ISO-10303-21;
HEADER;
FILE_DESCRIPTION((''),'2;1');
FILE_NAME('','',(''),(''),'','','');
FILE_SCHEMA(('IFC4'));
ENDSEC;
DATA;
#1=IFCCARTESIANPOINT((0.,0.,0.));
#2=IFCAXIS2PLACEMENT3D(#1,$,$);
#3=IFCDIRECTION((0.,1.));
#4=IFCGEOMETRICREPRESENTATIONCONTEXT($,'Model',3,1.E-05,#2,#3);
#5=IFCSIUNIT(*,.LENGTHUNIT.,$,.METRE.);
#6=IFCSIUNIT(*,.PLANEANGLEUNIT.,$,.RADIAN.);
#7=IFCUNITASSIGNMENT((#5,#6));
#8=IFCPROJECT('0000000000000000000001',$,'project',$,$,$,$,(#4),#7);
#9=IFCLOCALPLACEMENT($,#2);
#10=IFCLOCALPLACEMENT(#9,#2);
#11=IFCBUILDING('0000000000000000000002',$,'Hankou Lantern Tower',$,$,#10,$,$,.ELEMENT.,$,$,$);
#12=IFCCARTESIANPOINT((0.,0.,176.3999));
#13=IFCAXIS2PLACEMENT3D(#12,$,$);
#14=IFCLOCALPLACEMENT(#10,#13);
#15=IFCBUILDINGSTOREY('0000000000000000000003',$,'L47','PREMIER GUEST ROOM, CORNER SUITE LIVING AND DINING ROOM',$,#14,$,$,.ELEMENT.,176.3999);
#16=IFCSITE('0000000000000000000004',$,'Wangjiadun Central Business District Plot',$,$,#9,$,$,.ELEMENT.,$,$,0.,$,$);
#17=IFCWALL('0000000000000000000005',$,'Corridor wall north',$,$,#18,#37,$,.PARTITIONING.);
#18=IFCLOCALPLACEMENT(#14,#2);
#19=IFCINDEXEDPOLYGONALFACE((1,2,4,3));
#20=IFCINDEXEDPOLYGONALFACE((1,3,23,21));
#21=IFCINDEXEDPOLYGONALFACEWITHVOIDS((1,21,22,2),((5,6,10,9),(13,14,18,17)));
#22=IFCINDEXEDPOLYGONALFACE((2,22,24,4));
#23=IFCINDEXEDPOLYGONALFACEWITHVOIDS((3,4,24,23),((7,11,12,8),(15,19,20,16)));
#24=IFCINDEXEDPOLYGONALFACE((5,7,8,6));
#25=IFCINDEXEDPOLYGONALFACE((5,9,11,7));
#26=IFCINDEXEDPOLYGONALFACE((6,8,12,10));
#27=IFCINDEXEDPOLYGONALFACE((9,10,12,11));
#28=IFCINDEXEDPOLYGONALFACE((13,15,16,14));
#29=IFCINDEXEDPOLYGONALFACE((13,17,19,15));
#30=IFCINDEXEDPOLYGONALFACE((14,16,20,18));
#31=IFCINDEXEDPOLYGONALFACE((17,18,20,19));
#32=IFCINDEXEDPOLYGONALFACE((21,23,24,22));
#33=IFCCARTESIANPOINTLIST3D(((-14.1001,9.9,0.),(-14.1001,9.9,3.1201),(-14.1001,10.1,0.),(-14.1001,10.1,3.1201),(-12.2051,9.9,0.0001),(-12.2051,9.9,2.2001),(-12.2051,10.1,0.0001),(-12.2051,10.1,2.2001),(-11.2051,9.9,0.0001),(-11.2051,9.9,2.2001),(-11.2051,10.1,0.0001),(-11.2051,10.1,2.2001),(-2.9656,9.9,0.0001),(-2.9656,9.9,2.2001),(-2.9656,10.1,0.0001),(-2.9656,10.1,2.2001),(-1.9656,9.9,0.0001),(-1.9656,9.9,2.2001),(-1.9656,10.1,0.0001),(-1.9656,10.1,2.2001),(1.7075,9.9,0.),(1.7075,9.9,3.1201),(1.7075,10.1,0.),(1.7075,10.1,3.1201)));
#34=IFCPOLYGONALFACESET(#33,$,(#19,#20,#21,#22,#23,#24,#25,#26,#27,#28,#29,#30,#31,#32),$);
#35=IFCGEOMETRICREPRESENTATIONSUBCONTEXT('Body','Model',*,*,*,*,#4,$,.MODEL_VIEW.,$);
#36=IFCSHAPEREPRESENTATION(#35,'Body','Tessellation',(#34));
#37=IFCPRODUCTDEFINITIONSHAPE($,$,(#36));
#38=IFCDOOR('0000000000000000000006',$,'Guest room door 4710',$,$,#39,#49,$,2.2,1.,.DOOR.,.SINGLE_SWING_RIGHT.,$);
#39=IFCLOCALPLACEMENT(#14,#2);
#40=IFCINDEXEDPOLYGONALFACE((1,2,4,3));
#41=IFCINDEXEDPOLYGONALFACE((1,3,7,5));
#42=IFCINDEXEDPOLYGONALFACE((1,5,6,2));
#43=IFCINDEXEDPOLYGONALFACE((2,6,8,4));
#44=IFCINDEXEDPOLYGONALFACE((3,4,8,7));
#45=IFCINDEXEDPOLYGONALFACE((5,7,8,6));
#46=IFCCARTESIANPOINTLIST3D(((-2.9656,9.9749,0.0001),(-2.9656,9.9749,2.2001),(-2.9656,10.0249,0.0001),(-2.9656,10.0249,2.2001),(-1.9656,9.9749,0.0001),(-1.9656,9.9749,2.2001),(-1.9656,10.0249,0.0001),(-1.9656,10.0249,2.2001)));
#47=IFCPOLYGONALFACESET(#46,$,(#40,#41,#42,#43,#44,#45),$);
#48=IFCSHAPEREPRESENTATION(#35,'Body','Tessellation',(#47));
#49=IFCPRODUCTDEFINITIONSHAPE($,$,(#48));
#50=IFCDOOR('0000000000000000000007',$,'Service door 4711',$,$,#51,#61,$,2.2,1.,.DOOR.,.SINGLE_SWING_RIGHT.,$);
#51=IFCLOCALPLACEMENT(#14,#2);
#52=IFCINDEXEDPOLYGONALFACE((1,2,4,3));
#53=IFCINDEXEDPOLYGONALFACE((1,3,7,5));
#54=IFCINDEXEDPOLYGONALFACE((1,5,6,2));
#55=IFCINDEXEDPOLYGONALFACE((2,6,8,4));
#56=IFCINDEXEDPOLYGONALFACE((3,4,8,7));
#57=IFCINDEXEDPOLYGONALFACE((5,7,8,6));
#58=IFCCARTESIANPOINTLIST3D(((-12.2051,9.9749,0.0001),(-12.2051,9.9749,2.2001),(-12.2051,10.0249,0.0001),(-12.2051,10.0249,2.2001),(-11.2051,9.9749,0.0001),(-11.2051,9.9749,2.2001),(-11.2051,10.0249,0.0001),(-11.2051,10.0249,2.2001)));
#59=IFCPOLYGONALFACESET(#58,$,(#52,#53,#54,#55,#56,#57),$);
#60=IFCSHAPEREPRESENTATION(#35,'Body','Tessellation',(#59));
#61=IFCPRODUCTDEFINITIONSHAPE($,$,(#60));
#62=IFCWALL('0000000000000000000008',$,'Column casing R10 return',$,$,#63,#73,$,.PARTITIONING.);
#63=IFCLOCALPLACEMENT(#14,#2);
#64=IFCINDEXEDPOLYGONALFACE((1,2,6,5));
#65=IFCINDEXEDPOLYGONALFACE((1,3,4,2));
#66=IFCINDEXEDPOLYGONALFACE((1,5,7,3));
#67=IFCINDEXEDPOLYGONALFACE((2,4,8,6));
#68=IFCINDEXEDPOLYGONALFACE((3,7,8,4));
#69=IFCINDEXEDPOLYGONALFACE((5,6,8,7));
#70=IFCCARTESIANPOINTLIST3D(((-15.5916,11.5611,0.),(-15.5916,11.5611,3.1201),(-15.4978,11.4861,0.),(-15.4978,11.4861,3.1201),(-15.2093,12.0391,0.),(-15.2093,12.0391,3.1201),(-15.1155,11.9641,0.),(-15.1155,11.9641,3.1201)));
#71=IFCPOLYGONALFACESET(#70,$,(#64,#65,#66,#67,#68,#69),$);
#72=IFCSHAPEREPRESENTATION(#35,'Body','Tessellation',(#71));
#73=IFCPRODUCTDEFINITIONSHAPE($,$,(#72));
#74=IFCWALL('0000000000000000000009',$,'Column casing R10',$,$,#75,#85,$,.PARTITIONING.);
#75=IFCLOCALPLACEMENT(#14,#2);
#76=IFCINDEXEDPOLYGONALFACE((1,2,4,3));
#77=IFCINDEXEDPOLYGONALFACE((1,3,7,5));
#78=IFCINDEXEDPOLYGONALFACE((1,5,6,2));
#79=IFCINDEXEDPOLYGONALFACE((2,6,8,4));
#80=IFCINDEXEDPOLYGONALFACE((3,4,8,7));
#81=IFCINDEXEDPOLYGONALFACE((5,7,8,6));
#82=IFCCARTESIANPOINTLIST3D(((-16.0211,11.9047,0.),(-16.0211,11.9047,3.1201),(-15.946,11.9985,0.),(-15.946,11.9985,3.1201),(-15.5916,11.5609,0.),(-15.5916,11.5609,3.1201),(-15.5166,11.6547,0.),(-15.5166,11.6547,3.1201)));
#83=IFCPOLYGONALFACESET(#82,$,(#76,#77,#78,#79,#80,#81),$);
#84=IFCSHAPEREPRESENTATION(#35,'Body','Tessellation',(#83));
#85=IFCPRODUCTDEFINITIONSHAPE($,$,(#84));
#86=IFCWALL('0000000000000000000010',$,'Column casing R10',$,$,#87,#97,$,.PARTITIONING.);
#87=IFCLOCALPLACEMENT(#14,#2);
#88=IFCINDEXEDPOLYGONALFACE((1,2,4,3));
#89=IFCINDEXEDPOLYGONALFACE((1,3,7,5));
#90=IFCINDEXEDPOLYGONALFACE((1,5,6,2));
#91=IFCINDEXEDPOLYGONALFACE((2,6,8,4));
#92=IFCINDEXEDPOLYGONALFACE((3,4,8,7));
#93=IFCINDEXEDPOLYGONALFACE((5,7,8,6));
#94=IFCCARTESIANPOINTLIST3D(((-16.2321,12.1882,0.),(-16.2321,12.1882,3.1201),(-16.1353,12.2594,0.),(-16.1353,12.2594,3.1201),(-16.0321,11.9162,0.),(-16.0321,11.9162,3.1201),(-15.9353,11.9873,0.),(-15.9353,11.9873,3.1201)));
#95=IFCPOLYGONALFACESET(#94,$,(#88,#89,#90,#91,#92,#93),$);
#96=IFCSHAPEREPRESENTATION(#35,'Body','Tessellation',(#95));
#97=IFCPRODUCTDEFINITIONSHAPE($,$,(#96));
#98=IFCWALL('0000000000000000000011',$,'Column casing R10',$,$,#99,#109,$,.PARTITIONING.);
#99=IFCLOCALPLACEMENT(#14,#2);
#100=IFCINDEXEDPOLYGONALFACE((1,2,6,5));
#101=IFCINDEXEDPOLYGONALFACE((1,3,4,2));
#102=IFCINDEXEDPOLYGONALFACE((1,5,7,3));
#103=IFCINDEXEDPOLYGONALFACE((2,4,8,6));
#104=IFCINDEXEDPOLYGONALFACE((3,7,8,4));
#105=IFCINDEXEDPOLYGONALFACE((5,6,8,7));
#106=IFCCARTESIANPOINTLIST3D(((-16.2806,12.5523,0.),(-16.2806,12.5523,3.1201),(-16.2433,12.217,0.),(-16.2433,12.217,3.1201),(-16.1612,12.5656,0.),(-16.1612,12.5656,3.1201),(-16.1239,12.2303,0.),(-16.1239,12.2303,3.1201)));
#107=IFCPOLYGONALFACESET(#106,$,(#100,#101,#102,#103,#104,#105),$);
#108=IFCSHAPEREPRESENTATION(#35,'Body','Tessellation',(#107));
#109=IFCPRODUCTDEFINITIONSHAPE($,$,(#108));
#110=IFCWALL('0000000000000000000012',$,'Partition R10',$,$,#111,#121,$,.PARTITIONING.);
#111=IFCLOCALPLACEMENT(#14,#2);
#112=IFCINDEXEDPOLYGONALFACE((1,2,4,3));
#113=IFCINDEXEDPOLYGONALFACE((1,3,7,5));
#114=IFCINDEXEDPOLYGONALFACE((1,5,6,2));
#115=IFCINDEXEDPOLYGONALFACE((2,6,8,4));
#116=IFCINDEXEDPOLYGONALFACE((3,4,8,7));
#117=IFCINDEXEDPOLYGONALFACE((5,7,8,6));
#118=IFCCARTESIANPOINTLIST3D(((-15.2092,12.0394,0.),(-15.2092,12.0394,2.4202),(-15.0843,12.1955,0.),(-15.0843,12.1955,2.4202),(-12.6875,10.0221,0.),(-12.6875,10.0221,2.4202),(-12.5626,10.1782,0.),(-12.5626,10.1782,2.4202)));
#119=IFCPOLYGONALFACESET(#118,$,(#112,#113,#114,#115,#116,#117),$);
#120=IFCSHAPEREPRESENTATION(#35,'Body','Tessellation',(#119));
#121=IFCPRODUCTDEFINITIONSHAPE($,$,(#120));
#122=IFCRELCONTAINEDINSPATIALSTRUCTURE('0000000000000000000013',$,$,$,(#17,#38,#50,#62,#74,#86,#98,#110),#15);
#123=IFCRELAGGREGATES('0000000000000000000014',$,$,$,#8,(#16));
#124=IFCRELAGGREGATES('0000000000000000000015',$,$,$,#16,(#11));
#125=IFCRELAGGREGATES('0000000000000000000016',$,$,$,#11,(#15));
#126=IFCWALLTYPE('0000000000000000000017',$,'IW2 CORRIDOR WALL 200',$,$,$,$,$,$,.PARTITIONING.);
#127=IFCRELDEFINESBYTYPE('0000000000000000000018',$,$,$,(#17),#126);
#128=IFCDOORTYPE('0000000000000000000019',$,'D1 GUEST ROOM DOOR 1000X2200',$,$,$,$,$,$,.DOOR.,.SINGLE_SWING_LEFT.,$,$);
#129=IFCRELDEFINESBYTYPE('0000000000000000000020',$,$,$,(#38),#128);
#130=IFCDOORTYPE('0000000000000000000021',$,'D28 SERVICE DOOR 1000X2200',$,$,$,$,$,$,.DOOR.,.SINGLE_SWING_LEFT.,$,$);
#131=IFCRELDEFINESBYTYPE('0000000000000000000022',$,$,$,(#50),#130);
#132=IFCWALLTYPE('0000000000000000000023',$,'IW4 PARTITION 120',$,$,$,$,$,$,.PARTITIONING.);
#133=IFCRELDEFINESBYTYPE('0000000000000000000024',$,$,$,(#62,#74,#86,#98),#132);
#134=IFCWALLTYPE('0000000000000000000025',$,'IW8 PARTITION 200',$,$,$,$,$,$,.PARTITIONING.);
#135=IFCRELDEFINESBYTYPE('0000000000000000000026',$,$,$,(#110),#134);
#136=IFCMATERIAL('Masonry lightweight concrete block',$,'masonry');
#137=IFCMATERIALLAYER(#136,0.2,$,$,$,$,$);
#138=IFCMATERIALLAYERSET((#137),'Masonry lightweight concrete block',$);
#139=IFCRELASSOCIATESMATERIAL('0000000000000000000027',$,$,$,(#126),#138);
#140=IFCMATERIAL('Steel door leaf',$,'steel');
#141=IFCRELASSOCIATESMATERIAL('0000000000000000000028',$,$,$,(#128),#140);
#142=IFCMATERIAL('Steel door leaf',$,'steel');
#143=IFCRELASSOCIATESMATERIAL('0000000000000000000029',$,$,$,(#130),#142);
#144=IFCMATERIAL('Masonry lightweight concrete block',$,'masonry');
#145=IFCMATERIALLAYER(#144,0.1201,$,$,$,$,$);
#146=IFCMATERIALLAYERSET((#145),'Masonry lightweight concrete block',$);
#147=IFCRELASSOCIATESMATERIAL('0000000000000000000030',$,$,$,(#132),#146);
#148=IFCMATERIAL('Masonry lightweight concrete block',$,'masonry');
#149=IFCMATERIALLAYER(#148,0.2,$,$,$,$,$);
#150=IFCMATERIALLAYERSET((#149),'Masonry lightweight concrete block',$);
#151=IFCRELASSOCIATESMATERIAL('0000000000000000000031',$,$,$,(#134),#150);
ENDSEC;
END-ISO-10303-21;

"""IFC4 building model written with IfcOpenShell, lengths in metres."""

from ifc_helpers import new_model, si_unit, direction, frame, frame_2d, origin, place, context, subcontext, project, spatial, rectangle, extrude, material, layer, layer_set, type_object, element, fill, save


model = new_model("IFC4")

# Units and contexts
model_context = context("Model", 3, precision=1e-05, world=origin(), true_north=direction((0.0, 1.0)))
body_context = subcontext(model_context, "Body", "Model", "MODEL_VIEW")
ifc_project = project(units=[si_unit("LENGTHUNIT", "METRE"), si_unit("PLANEANGLEUNIT", "RADIAN")], contexts=[model_context])

# Site, building, storey
site_placement = place(None, origin())
site = spatial("IfcSite", under=ifc_project, at=site_placement, Name="Wangjiadun Central Business District Plot", CompositionType="ELEMENT", RefElevation=0.0)
building_placement = place(site_placement, origin())
building = spatial("IfcBuilding", under=site, at=building_placement, Name="Hankou Lantern Tower", CompositionType="ELEMENT")
storey_placement = place(building_placement, frame((0.0, 0.0, 176.3999)))
storey = spatial("IfcBuildingStorey", under=building, at=storey_placement, Name="L47", Description="PREMIER GUEST ROOM, CORNER SUITE LIVING AND DINING ROOM", CompositionType="ELEMENT", Elevation=176.3999)

# Wall, openings, doors
ifc_material_1 = material(Name="Masonry lightweight concrete block", Category="masonry")
ifc_layer_1 = layer(ifc_material_1, 0.2)
ifc_layer_set_1 = layer_set([ifc_layer_1], Name="Masonry lightweight concrete block")
wall_type_1 = type_object("IfcWallType", Name="IW2 CORRIDOR WALL 200", PredefinedType="PARTITIONING", material=ifc_layer_set_1)
ifc_material_2 = material(Name="Steel door leaf", Category="steel")
door_type_1 = type_object("IfcDoorType", Name="D1 GUEST ROOM DOOR 1000X2200", OperationType="SINGLE_SWING_LEFT", PredefinedType="DOOR", material=ifc_material_2)
ifc_material_3 = material(Name="Steel door leaf", Category="steel")
door_type_2 = type_object("IfcDoorType", Name="D28 SERVICE DOOR 1000X2200", OperationType="SINGLE_SWING_LEFT", PredefinedType="DOOR", material=ifc_material_3)
wall_1_placement = place(storey_placement, frame((-14.1001, 10.0, 0.0), z_axis=(0.0, 0.0, 1.0), x_axis=(1.0, 0.0, 0.0)))
wall_1 = element("IfcWall", 1, at=wall_1_placement, inside=storey, type_object=wall_type_1, Name="Corridor wall north", PredefinedType="PARTITIONING", context=body_context, shape_type="SweptSolid", body=[
    extrude(rectangle(XDim=15.8076, YDim=0.2, at=frame_2d((7.9038, 0.0))), origin(), (0.0, 0.0, 1.0), 3.1201),
])
opening_1_placement = place(wall_1_placement, frame((11.1345, 0.0, 0.0)))
opening_1 = element("IfcOpeningElement", 2, at=opening_1_placement, cuts=wall_1, PredefinedType="OPENING", context=body_context, shape_type="SweptSolid", body=[
    extrude(rectangle(XDim=1.0, YDim=2.2, at=frame_2d((0.5, 1.1001))), frame((0.0, 0.1099, 0.0), z_axis=(0.0, -1.0, 0.0), x_axis=(1.0, 0.0, 0.0)), (0.0, 0.0, 1.0), 0.22),
])
opening_2_placement = place(wall_1_placement, frame((1.895, 0.0, 0.0)))
opening_2 = element("IfcOpeningElement", 3, at=opening_2_placement, cuts=wall_1, PredefinedType="OPENING", context=body_context, shape_type="SweptSolid", body=[
    extrude(rectangle(XDim=1.0, YDim=2.2, at=frame_2d((0.5, 1.1001))), frame((0.0, 0.1099, 0.0), z_axis=(0.0, -1.0, 0.0), x_axis=(1.0, 0.0, 0.0)), (0.0, 0.0, 1.0), 0.22),
])
door_1_placement = place(opening_1_placement, origin())
door_1 = element("IfcDoor", 4, at=door_1_placement, inside=storey, type_object=door_type_1, Name="Guest room door 4710", OperationType="SINGLE_SWING_RIGHT", OverallHeight=2.2, OverallWidth=1.0, PredefinedType="DOOR", context=body_context, shape_type="SweptSolid", body=[
    extrude(rectangle(XDim=1.0, YDim=2.2, at=frame_2d((0.5, 1.1001))), frame((0.0, 0.0249, 0.0), z_axis=(0.0, -1.0, 0.0), x_axis=(1.0, 0.0, 0.0)), (0.0, 0.0, 1.0), 0.05),
])
fill(opening_1, door_1)
door_2_placement = place(opening_2_placement, origin())
door_2 = element("IfcDoor", 5, at=door_2_placement, inside=storey, type_object=door_type_2, Name="Service door 4711", OperationType="SINGLE_SWING_RIGHT", OverallHeight=2.2, OverallWidth=1.0, PredefinedType="DOOR", context=body_context, shape_type="SweptSolid", body=[
    extrude(rectangle(XDim=1.0, YDim=2.2, at=frame_2d((0.5, 1.1001))), frame((0.0, 0.0249, 0.0), z_axis=(0.0, -1.0, 0.0), x_axis=(1.0, 0.0, 0.0)), (0.0, 0.0, 1.0), 0.05),
])
fill(opening_2, door_2)

# Walls
ifc_material_4 = material(Name="Masonry lightweight concrete block", Category="masonry")
ifc_layer_2 = layer(ifc_material_4, 0.1201)
ifc_layer_set_2 = layer_set([ifc_layer_2], Name="Masonry lightweight concrete block")
wall_type_2 = type_object("IfcWallType", Name="IW4 PARTITION 120", PredefinedType="PARTITIONING", material=ifc_layer_set_2)
wall_2_placement = place(storey_placement, frame((-15.1624, 12.0017, 0.0), z_axis=(0.0, 0.0, 1.0), x_axis=(-0.624598, -0.780947, 0.0)))
element("IfcWall", 6, at=wall_2_placement, inside=storey, type_object=wall_type_2, Name="Column casing R10 return", PredefinedType="PARTITIONING", context=body_context, shape_type="SweptSolid", body=[
    extrude(rectangle(XDim=0.6121, YDim=0.1201, at=frame_2d((0.3062, 0.0))), origin(), (0.0, 0.0, 1.0), 3.1201),
])
wall_3_placement = place(storey_placement, frame((-15.5542, 11.6079, 0.0), z_axis=(0.0, 0.0, 1.0), x_axis=(-0.780696, 0.624912, 0.0)))
element("IfcWall", 7, at=wall_3_placement, inside=storey, type_object=wall_type_2, Name="Column casing R10", PredefinedType="PARTITIONING", context=body_context, shape_type="SweptSolid", body=[
    extrude(rectangle(XDim=0.55, YDim=0.1201, at=frame_2d((0.2749, 0.0))), origin(), (0.0, 0.0, 1.0), 3.1201),
])
wall_4_placement = place(storey_placement, frame((-15.9836, 11.9517, 0.0), z_axis=(0.0, 0.0, 1.0), x_axis=(-0.592335, 0.805692, 0.0)))
element("IfcWall", 8, at=wall_4_placement, inside=storey, type_object=wall_type_2, Name="Column casing R10", PredefinedType="PARTITIONING", context=body_context, shape_type="SweptSolid", body=[
    extrude(rectangle(XDim=0.3376, YDim=0.1201, at=frame_2d((0.1689, 0.0))), origin(), (0.0, 0.0, 1.0), 3.1201),
])
wall_5_placement = place(storey_placement, frame((-16.1836, 12.2236, 0.0), z_axis=(0.0, 0.0, 1.0), x_axis=(-0.11067, 0.993857, 0.0)))
element("IfcWall", 9, at=wall_5_placement, inside=storey, type_object=wall_type_2, Name="Column casing R10", PredefinedType="PARTITIONING", context=body_context, shape_type="SweptSolid", body=[
    extrude(rectangle(XDim=0.3374, YDim=0.1201, at=frame_2d((0.1687, 0.0))), origin(), (0.0, 0.0, 1.0), 3.1201),
])
ifc_material_5 = material(Name="Masonry lightweight concrete block", Category="masonry")
ifc_layer_3 = layer(ifc_material_5, 0.2)
ifc_layer_set_3 = layer_set([ifc_layer_3], Name="Masonry lightweight concrete block")
wall_type_3 = type_object("IfcWallType", Name="IW8 PARTITION 200", PredefinedType="PARTITIONING", material=ifc_layer_set_3)
wall_6_placement = place(storey_placement, frame((-12.625, 10.1001, 0.0), z_axis=(0.0, 0.0, 1.0), x_axis=(-0.780876, 0.624686, 0.0)))
element("IfcWall", 10, at=wall_6_placement, inside=storey, type_object=wall_type_3, Name="Partition R10", PredefinedType="PARTITIONING", context=body_context, shape_type="SweptSolid", body=[
    extrude(rectangle(XDim=3.2292, YDim=0.2, at=frame_2d((1.6147, 0.0))), origin(), (0.0, 0.0, 1.0), 2.4202),
])

save(model, "model.ifc")
